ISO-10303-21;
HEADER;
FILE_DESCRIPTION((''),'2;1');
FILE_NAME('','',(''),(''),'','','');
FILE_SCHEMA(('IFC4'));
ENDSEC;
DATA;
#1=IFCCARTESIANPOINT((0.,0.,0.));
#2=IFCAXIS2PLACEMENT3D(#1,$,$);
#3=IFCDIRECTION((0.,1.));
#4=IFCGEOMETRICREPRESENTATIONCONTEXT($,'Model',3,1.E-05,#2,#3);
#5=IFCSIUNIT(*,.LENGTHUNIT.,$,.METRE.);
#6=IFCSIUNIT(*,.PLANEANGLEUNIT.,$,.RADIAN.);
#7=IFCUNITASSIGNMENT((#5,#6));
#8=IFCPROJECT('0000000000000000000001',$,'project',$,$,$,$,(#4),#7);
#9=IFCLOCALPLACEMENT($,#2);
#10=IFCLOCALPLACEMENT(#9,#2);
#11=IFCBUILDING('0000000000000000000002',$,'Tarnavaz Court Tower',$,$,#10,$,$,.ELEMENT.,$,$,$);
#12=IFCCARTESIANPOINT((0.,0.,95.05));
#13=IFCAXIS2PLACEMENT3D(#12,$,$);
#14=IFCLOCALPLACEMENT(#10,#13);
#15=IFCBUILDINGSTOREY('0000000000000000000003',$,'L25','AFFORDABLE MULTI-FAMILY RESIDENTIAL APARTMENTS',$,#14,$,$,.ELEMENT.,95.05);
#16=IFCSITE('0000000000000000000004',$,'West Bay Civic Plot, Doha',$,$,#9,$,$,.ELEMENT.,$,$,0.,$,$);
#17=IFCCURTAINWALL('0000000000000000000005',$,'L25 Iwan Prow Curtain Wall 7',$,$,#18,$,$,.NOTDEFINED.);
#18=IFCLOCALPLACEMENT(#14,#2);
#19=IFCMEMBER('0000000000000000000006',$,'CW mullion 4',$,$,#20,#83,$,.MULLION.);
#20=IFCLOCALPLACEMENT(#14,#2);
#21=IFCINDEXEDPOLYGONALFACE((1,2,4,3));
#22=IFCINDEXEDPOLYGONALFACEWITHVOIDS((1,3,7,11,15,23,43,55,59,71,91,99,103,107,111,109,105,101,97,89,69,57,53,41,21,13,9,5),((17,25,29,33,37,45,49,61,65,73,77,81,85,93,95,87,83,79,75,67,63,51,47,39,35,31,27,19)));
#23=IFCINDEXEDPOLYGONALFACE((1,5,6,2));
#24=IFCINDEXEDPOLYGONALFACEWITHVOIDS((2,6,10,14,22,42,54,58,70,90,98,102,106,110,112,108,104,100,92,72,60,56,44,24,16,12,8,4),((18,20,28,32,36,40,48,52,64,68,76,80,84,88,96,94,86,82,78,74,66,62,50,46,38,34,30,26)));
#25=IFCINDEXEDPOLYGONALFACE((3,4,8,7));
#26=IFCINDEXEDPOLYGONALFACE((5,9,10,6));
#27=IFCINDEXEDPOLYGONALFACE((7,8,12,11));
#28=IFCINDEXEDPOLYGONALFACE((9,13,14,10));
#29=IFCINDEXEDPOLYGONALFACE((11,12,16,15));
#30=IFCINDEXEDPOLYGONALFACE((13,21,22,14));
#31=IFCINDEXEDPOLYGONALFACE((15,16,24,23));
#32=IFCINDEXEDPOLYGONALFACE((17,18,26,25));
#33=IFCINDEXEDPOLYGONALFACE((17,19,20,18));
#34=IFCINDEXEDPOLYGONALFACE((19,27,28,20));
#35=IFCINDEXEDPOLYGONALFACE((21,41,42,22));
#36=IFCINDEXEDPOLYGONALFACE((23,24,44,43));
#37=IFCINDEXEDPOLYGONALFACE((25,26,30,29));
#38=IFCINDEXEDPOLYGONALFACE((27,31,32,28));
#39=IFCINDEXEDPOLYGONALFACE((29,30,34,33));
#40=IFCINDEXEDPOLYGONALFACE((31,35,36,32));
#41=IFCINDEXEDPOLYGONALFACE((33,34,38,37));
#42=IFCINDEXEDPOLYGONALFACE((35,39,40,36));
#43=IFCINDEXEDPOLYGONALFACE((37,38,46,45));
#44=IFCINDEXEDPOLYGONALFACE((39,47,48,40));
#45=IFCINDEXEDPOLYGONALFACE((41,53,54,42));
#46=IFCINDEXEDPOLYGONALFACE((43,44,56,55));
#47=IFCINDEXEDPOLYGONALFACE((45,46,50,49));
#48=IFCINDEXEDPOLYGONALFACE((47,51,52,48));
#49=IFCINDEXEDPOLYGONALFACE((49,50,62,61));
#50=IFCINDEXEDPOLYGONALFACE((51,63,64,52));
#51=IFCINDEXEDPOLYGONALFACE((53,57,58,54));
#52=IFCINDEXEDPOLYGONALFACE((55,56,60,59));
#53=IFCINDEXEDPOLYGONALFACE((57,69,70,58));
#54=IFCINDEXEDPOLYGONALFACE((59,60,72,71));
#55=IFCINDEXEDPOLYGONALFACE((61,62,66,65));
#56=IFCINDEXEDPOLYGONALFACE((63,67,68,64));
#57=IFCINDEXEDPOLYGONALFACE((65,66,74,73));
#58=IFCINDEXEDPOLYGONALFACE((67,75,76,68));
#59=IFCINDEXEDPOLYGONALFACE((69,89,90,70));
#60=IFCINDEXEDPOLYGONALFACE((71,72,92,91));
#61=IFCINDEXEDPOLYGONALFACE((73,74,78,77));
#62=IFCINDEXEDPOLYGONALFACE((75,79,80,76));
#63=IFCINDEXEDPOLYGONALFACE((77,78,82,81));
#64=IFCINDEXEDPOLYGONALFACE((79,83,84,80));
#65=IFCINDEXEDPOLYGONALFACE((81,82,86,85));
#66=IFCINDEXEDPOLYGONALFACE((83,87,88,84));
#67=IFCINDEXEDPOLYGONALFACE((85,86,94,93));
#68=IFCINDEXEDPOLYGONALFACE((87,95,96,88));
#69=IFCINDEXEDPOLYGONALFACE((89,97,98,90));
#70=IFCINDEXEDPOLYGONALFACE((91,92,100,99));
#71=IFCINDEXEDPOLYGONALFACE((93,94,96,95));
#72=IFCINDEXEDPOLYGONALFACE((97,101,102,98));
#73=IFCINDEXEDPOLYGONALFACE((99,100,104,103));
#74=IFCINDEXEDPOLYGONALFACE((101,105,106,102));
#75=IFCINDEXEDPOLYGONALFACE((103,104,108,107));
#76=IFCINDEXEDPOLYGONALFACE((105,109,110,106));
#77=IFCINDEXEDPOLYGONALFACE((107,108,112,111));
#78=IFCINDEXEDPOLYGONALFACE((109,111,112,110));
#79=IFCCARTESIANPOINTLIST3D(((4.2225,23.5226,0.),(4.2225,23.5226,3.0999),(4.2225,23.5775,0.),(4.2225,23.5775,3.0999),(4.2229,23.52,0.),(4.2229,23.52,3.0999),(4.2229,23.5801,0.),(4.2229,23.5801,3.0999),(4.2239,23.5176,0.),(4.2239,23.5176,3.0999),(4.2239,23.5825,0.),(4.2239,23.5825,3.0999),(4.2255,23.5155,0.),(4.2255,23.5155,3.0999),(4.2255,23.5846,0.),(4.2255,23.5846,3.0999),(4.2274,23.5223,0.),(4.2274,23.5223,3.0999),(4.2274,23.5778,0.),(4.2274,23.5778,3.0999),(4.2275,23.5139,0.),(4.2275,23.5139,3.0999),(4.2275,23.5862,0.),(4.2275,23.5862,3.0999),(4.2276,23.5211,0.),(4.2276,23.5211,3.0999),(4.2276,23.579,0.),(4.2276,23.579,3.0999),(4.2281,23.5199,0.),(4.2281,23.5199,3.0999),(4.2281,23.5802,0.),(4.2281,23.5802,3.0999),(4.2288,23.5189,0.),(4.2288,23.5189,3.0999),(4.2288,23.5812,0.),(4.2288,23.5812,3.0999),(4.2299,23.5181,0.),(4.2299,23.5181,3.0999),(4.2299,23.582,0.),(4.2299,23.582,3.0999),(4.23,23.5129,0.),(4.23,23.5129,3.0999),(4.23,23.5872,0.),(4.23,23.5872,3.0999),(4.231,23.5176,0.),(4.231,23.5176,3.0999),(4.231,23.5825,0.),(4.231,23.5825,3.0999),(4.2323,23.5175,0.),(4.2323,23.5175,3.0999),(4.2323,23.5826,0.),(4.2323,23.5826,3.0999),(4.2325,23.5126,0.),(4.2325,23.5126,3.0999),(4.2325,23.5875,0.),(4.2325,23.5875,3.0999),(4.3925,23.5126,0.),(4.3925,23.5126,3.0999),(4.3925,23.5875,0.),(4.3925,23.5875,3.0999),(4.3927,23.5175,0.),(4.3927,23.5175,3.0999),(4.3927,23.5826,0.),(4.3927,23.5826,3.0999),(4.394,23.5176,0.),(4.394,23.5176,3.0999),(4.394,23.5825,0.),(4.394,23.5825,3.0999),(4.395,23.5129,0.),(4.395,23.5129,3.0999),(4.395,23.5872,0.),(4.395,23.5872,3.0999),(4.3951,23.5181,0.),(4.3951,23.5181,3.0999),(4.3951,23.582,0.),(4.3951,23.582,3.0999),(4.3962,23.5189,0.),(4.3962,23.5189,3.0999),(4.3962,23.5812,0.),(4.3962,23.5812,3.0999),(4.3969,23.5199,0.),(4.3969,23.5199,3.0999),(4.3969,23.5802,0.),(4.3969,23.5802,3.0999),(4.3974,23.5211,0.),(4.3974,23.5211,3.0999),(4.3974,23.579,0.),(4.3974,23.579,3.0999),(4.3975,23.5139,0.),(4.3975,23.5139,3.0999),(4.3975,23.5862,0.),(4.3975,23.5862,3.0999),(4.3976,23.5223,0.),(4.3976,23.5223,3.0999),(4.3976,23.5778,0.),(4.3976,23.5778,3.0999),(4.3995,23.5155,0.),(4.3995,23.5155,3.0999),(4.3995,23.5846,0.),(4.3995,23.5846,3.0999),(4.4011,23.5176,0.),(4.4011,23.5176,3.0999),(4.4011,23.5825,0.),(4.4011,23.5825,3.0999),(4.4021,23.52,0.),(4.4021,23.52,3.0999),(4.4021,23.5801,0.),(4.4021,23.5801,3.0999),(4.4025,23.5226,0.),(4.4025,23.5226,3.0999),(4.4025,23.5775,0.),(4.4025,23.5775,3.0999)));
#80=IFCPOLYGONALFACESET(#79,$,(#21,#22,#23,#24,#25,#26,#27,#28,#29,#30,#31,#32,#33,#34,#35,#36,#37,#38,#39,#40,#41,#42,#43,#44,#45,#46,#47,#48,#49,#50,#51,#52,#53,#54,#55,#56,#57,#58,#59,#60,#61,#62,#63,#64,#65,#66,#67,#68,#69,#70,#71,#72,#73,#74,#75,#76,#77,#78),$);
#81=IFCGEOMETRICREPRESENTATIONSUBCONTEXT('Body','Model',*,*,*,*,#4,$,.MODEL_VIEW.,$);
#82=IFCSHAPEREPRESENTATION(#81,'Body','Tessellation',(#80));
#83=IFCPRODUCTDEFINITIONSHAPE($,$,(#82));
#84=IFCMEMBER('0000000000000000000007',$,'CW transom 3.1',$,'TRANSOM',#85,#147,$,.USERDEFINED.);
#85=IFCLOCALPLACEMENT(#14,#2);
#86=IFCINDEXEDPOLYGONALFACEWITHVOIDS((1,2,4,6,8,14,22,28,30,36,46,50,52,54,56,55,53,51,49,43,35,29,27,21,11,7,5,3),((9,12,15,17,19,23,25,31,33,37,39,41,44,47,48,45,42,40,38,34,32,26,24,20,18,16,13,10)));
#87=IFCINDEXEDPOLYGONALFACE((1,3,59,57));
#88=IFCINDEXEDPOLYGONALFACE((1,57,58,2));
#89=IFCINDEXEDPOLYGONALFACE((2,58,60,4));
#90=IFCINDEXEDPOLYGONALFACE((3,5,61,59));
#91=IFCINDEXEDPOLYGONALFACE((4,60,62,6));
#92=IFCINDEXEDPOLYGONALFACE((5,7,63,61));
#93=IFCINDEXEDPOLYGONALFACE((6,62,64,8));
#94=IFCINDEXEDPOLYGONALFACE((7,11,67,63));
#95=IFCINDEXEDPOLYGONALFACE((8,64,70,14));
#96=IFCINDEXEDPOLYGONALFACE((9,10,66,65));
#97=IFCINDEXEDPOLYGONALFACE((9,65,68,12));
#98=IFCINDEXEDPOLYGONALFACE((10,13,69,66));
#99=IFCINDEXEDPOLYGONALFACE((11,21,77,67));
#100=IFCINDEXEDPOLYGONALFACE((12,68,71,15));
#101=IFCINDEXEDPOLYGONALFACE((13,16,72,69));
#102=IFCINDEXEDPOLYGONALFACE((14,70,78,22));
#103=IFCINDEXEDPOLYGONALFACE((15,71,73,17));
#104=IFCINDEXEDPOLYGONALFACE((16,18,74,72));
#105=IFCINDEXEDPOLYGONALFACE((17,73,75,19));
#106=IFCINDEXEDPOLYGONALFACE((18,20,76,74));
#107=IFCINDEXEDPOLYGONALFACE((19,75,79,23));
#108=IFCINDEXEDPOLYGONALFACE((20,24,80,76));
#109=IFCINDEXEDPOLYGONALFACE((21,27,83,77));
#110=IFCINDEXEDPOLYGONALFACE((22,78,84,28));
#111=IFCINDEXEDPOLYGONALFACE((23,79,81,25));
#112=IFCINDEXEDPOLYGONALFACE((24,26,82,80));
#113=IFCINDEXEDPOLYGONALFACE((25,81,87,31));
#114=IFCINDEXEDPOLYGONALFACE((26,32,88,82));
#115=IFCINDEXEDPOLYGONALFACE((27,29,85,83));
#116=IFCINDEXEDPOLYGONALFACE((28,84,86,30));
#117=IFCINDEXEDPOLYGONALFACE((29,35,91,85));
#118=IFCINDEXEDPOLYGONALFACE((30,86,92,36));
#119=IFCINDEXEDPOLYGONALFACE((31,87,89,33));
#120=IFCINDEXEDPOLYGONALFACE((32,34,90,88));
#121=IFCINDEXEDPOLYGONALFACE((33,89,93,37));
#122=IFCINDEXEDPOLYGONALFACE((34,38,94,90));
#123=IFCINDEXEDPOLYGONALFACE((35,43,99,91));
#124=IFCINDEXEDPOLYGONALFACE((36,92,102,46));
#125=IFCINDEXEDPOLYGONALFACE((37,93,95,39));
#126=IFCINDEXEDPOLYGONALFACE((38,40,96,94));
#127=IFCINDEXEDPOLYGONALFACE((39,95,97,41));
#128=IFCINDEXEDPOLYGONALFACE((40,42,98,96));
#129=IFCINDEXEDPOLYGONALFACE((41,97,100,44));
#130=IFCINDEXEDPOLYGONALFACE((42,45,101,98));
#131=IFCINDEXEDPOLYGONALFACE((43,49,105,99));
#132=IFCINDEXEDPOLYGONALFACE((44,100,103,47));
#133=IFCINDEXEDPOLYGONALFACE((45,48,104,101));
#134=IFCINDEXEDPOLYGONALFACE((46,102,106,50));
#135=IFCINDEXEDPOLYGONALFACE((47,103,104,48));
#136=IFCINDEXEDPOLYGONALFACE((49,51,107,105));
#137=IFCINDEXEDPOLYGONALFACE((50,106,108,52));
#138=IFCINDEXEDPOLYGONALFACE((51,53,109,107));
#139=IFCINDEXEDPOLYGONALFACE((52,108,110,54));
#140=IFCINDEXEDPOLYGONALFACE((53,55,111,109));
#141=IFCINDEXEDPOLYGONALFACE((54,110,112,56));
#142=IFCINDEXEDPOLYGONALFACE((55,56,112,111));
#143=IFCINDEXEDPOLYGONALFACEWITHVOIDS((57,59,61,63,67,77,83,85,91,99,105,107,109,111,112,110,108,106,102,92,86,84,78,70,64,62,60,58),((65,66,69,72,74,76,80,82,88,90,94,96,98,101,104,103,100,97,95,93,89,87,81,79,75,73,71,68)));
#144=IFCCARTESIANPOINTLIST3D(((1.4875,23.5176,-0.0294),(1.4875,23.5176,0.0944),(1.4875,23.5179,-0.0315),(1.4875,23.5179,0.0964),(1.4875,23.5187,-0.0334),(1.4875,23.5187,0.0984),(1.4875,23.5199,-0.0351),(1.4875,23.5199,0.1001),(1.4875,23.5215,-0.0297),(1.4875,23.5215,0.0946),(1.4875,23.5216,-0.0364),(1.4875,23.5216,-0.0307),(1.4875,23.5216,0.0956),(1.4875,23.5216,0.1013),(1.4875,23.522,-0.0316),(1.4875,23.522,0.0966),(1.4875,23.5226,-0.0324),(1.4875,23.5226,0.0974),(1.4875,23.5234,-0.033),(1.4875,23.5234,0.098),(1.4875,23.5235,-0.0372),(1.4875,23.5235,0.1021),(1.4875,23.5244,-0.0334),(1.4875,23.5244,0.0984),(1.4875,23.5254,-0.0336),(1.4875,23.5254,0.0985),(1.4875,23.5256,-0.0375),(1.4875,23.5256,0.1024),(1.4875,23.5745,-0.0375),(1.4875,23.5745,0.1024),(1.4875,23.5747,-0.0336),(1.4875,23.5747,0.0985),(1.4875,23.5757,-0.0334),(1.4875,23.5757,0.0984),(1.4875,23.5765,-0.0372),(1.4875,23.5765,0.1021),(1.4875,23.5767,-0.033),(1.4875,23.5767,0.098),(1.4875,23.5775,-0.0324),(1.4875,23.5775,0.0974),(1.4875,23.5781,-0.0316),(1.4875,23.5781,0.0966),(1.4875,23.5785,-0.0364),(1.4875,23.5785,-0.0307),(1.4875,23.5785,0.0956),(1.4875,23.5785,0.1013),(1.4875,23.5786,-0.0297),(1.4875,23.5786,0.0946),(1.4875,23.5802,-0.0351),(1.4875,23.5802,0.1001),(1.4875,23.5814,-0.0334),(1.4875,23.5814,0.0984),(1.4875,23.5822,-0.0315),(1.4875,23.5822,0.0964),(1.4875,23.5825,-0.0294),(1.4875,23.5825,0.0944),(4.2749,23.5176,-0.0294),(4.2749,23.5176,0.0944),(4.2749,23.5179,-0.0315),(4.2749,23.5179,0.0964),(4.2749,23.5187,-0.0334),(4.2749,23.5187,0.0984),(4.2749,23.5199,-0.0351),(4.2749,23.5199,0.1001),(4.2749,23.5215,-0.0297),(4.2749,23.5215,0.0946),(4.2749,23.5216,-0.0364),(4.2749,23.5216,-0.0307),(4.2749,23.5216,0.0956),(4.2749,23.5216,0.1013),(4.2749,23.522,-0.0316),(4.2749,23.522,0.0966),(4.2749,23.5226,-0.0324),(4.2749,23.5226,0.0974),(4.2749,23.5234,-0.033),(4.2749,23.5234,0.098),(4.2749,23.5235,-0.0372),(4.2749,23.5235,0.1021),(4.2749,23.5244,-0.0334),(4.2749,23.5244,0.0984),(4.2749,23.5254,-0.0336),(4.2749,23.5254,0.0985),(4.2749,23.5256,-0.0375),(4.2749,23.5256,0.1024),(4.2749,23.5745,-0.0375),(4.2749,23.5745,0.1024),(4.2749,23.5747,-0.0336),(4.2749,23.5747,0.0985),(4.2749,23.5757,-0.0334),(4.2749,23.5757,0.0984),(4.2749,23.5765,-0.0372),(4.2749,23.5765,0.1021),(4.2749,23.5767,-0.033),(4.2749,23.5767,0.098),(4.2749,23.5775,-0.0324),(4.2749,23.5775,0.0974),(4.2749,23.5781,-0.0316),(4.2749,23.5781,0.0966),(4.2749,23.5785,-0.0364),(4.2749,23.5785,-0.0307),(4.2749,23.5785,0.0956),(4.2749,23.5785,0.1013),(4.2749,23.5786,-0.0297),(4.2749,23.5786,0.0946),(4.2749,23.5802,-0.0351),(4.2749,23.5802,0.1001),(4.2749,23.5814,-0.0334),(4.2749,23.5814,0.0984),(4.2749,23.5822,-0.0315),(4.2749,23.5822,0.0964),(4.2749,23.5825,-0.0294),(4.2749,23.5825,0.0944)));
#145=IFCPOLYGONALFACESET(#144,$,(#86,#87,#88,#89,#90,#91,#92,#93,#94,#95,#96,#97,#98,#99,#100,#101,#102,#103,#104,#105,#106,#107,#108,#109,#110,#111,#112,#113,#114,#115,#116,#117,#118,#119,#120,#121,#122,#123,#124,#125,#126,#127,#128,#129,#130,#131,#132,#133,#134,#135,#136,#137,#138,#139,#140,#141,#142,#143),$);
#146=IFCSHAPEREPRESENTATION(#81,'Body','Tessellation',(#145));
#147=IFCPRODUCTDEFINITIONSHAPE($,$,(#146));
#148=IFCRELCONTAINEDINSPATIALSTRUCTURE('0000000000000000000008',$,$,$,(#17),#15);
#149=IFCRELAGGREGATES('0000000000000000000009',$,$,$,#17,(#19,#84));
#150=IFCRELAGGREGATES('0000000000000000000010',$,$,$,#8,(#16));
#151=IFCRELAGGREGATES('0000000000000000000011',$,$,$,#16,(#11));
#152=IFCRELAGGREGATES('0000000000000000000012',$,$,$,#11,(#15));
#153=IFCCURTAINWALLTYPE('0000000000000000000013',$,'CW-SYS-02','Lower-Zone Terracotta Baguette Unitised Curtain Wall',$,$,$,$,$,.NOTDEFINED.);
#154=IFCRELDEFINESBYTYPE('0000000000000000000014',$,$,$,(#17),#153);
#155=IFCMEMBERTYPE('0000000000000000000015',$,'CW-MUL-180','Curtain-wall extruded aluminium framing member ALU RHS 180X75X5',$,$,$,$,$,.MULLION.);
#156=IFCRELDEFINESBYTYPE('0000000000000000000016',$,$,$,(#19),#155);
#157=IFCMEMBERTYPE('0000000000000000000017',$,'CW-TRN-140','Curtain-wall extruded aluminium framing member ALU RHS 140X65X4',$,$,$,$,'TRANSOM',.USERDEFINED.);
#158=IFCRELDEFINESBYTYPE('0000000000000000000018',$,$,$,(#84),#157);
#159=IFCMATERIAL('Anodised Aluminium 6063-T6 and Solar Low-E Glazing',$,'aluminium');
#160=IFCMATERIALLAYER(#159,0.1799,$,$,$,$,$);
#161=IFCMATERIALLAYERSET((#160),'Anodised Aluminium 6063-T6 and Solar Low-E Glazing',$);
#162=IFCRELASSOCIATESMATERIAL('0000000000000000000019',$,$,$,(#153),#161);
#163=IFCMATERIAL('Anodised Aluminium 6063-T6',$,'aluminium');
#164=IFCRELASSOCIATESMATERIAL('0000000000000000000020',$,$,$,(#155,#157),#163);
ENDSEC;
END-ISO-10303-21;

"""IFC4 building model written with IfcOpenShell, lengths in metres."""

from ifc_helpers import new_model, si_unit, direction, frame, origin, origin_2d, place, context, subcontext, project, spatial, hollow_rectangle, extrude, material, layer, layer_set, material_profile, profile_set, type_object, element, aggregate, save


model = new_model("IFC4")

# Units and contexts
model_context = context("Model", 3, precision=1e-05, world=origin(), true_north=direction((0.0, 1.0)))
body_context = subcontext(model_context, "Body", "Model", "MODEL_VIEW")
ifc_project = project(units=[si_unit("LENGTHUNIT", "METRE"), si_unit("PLANEANGLEUNIT", "RADIAN")], contexts=[model_context])

# Site, building, storey
site_placement = place(None, origin())
site = spatial("IfcSite", under=ifc_project, at=site_placement, Name="West Bay Civic Plot, Doha", CompositionType="ELEMENT", RefElevation=0.0)
building_placement = place(site_placement, origin())
building = spatial("IfcBuilding", under=site, at=building_placement, Name="Tarnavaz Court Tower", CompositionType="ELEMENT")
storey_placement = place(building_placement, frame((0.0, 0.0, 95.05)))
storey = spatial("IfcBuildingStorey", under=building, at=storey_placement, Name="L25", Description="AFFORDABLE MULTI-FAMILY RESIDENTIAL APARTMENTS", CompositionType="ELEMENT", Elevation=95.05)

# Curtain wall, members
ifc_material_1 = material(Name="Anodised Aluminium 6063-T6 and Solar Low-E Glazing", Category="aluminium")
ifc_layer_1 = layer(ifc_material_1, 0.1799)
ifc_layer_set_1 = layer_set([ifc_layer_1], Name="Anodised Aluminium 6063-T6 and Solar Low-E Glazing")
curtain_wall_type = type_object("IfcCurtainWallType", Name="CW-SYS-02", Description="Lower-Zone Terracotta Baguette Unitised Curtain Wall", PredefinedType="NOTDEFINED", material=ifc_layer_set_1)
curtain_wall_placement = place(storey_placement, origin())
curtain_wall = element("IfcCurtainWall", 1, at=curtain_wall_placement, inside=storey, type_object=curtain_wall_type, Name="L25 Iwan Prow Curtain Wall 7", PredefinedType="NOTDEFINED")
ifc_material_2 = material(Name="Anodised Aluminium 6063-T6", Category="aluminium")
ifc_material_profile_1 = material_profile(ifc_material_2, hollow_rectangle(XDim=0.075, YDim=0.1799, WallThickness=0.0049, InnerFilletRadius=0.0049, OuterFilletRadius=0.01, at=origin_2d()), Name="ALU RHS 180X75X5")
ifc_profile_set_1 = profile_set([ifc_material_profile_1], Name="Anodised Aluminium 6063-T6")
member_type_1 = type_object("IfcMemberType", Name="CW-MUL-180", Description="Curtain-wall extruded aluminium framing member ALU RHS 180X75X5", PredefinedType="MULLION", material=ifc_profile_set_1)
member_1_placement = place(storey_placement, frame((4.3125, 23.55, 0.0), z_axis=(0.0, 0.0, 1.0), x_axis=(0.0, 1.0, 0.0)))
member_1 = element("IfcMember", 2, at=member_1_placement, type_object=member_type_1, Name="CW mullion 4", PredefinedType="MULLION", context=body_context, shape_type="SweptSolid", body=[
    extrude(hollow_rectangle(XDim=0.075, YDim=0.1799, WallThickness=0.0049, InnerFilletRadius=0.0049, OuterFilletRadius=0.01, at=origin_2d()), origin(), (0.0, 0.0, 1.0), 3.0999),
])
ifc_material_profile_2 = material_profile(ifc_material_2, hollow_rectangle(XDim=0.0649, YDim=0.1399, WallThickness=0.0039, InnerFilletRadius=0.0039, OuterFilletRadius=0.0081, at=origin_2d()), Name="ALU RHS 140X65X4")
ifc_profile_set_2 = profile_set([ifc_material_profile_2], Name="Anodised Aluminium 6063-T6")
member_type_2 = type_object("IfcMemberType", Name="CW-TRN-140", Description="Curtain-wall extruded aluminium framing member ALU RHS 140X65X4", ElementType="TRANSOM", PredefinedType="USERDEFINED", material=ifc_profile_set_2)
member_2_placement = place(storey_placement, frame((1.4875, 23.55, 0.0325), z_axis=(1.0, 0.0, 0.0), x_axis=(0.0, 1.0, 0.0)))
member_2 = element("IfcMember", 3, at=member_2_placement, type_object=member_type_2, Name="CW transom 3.1", ObjectType="TRANSOM", PredefinedType="USERDEFINED", context=body_context, shape_type="SweptSolid", body=[
    extrude(hollow_rectangle(XDim=0.0649, YDim=0.1399, WallThickness=0.0039, InnerFilletRadius=0.0039, OuterFilletRadius=0.0081, at=origin_2d()), origin(), (0.0, 0.0, 1.0), 2.7874),
])
aggregate(curtain_wall, [member_1, member_2])

save(model, "model.ifc")
